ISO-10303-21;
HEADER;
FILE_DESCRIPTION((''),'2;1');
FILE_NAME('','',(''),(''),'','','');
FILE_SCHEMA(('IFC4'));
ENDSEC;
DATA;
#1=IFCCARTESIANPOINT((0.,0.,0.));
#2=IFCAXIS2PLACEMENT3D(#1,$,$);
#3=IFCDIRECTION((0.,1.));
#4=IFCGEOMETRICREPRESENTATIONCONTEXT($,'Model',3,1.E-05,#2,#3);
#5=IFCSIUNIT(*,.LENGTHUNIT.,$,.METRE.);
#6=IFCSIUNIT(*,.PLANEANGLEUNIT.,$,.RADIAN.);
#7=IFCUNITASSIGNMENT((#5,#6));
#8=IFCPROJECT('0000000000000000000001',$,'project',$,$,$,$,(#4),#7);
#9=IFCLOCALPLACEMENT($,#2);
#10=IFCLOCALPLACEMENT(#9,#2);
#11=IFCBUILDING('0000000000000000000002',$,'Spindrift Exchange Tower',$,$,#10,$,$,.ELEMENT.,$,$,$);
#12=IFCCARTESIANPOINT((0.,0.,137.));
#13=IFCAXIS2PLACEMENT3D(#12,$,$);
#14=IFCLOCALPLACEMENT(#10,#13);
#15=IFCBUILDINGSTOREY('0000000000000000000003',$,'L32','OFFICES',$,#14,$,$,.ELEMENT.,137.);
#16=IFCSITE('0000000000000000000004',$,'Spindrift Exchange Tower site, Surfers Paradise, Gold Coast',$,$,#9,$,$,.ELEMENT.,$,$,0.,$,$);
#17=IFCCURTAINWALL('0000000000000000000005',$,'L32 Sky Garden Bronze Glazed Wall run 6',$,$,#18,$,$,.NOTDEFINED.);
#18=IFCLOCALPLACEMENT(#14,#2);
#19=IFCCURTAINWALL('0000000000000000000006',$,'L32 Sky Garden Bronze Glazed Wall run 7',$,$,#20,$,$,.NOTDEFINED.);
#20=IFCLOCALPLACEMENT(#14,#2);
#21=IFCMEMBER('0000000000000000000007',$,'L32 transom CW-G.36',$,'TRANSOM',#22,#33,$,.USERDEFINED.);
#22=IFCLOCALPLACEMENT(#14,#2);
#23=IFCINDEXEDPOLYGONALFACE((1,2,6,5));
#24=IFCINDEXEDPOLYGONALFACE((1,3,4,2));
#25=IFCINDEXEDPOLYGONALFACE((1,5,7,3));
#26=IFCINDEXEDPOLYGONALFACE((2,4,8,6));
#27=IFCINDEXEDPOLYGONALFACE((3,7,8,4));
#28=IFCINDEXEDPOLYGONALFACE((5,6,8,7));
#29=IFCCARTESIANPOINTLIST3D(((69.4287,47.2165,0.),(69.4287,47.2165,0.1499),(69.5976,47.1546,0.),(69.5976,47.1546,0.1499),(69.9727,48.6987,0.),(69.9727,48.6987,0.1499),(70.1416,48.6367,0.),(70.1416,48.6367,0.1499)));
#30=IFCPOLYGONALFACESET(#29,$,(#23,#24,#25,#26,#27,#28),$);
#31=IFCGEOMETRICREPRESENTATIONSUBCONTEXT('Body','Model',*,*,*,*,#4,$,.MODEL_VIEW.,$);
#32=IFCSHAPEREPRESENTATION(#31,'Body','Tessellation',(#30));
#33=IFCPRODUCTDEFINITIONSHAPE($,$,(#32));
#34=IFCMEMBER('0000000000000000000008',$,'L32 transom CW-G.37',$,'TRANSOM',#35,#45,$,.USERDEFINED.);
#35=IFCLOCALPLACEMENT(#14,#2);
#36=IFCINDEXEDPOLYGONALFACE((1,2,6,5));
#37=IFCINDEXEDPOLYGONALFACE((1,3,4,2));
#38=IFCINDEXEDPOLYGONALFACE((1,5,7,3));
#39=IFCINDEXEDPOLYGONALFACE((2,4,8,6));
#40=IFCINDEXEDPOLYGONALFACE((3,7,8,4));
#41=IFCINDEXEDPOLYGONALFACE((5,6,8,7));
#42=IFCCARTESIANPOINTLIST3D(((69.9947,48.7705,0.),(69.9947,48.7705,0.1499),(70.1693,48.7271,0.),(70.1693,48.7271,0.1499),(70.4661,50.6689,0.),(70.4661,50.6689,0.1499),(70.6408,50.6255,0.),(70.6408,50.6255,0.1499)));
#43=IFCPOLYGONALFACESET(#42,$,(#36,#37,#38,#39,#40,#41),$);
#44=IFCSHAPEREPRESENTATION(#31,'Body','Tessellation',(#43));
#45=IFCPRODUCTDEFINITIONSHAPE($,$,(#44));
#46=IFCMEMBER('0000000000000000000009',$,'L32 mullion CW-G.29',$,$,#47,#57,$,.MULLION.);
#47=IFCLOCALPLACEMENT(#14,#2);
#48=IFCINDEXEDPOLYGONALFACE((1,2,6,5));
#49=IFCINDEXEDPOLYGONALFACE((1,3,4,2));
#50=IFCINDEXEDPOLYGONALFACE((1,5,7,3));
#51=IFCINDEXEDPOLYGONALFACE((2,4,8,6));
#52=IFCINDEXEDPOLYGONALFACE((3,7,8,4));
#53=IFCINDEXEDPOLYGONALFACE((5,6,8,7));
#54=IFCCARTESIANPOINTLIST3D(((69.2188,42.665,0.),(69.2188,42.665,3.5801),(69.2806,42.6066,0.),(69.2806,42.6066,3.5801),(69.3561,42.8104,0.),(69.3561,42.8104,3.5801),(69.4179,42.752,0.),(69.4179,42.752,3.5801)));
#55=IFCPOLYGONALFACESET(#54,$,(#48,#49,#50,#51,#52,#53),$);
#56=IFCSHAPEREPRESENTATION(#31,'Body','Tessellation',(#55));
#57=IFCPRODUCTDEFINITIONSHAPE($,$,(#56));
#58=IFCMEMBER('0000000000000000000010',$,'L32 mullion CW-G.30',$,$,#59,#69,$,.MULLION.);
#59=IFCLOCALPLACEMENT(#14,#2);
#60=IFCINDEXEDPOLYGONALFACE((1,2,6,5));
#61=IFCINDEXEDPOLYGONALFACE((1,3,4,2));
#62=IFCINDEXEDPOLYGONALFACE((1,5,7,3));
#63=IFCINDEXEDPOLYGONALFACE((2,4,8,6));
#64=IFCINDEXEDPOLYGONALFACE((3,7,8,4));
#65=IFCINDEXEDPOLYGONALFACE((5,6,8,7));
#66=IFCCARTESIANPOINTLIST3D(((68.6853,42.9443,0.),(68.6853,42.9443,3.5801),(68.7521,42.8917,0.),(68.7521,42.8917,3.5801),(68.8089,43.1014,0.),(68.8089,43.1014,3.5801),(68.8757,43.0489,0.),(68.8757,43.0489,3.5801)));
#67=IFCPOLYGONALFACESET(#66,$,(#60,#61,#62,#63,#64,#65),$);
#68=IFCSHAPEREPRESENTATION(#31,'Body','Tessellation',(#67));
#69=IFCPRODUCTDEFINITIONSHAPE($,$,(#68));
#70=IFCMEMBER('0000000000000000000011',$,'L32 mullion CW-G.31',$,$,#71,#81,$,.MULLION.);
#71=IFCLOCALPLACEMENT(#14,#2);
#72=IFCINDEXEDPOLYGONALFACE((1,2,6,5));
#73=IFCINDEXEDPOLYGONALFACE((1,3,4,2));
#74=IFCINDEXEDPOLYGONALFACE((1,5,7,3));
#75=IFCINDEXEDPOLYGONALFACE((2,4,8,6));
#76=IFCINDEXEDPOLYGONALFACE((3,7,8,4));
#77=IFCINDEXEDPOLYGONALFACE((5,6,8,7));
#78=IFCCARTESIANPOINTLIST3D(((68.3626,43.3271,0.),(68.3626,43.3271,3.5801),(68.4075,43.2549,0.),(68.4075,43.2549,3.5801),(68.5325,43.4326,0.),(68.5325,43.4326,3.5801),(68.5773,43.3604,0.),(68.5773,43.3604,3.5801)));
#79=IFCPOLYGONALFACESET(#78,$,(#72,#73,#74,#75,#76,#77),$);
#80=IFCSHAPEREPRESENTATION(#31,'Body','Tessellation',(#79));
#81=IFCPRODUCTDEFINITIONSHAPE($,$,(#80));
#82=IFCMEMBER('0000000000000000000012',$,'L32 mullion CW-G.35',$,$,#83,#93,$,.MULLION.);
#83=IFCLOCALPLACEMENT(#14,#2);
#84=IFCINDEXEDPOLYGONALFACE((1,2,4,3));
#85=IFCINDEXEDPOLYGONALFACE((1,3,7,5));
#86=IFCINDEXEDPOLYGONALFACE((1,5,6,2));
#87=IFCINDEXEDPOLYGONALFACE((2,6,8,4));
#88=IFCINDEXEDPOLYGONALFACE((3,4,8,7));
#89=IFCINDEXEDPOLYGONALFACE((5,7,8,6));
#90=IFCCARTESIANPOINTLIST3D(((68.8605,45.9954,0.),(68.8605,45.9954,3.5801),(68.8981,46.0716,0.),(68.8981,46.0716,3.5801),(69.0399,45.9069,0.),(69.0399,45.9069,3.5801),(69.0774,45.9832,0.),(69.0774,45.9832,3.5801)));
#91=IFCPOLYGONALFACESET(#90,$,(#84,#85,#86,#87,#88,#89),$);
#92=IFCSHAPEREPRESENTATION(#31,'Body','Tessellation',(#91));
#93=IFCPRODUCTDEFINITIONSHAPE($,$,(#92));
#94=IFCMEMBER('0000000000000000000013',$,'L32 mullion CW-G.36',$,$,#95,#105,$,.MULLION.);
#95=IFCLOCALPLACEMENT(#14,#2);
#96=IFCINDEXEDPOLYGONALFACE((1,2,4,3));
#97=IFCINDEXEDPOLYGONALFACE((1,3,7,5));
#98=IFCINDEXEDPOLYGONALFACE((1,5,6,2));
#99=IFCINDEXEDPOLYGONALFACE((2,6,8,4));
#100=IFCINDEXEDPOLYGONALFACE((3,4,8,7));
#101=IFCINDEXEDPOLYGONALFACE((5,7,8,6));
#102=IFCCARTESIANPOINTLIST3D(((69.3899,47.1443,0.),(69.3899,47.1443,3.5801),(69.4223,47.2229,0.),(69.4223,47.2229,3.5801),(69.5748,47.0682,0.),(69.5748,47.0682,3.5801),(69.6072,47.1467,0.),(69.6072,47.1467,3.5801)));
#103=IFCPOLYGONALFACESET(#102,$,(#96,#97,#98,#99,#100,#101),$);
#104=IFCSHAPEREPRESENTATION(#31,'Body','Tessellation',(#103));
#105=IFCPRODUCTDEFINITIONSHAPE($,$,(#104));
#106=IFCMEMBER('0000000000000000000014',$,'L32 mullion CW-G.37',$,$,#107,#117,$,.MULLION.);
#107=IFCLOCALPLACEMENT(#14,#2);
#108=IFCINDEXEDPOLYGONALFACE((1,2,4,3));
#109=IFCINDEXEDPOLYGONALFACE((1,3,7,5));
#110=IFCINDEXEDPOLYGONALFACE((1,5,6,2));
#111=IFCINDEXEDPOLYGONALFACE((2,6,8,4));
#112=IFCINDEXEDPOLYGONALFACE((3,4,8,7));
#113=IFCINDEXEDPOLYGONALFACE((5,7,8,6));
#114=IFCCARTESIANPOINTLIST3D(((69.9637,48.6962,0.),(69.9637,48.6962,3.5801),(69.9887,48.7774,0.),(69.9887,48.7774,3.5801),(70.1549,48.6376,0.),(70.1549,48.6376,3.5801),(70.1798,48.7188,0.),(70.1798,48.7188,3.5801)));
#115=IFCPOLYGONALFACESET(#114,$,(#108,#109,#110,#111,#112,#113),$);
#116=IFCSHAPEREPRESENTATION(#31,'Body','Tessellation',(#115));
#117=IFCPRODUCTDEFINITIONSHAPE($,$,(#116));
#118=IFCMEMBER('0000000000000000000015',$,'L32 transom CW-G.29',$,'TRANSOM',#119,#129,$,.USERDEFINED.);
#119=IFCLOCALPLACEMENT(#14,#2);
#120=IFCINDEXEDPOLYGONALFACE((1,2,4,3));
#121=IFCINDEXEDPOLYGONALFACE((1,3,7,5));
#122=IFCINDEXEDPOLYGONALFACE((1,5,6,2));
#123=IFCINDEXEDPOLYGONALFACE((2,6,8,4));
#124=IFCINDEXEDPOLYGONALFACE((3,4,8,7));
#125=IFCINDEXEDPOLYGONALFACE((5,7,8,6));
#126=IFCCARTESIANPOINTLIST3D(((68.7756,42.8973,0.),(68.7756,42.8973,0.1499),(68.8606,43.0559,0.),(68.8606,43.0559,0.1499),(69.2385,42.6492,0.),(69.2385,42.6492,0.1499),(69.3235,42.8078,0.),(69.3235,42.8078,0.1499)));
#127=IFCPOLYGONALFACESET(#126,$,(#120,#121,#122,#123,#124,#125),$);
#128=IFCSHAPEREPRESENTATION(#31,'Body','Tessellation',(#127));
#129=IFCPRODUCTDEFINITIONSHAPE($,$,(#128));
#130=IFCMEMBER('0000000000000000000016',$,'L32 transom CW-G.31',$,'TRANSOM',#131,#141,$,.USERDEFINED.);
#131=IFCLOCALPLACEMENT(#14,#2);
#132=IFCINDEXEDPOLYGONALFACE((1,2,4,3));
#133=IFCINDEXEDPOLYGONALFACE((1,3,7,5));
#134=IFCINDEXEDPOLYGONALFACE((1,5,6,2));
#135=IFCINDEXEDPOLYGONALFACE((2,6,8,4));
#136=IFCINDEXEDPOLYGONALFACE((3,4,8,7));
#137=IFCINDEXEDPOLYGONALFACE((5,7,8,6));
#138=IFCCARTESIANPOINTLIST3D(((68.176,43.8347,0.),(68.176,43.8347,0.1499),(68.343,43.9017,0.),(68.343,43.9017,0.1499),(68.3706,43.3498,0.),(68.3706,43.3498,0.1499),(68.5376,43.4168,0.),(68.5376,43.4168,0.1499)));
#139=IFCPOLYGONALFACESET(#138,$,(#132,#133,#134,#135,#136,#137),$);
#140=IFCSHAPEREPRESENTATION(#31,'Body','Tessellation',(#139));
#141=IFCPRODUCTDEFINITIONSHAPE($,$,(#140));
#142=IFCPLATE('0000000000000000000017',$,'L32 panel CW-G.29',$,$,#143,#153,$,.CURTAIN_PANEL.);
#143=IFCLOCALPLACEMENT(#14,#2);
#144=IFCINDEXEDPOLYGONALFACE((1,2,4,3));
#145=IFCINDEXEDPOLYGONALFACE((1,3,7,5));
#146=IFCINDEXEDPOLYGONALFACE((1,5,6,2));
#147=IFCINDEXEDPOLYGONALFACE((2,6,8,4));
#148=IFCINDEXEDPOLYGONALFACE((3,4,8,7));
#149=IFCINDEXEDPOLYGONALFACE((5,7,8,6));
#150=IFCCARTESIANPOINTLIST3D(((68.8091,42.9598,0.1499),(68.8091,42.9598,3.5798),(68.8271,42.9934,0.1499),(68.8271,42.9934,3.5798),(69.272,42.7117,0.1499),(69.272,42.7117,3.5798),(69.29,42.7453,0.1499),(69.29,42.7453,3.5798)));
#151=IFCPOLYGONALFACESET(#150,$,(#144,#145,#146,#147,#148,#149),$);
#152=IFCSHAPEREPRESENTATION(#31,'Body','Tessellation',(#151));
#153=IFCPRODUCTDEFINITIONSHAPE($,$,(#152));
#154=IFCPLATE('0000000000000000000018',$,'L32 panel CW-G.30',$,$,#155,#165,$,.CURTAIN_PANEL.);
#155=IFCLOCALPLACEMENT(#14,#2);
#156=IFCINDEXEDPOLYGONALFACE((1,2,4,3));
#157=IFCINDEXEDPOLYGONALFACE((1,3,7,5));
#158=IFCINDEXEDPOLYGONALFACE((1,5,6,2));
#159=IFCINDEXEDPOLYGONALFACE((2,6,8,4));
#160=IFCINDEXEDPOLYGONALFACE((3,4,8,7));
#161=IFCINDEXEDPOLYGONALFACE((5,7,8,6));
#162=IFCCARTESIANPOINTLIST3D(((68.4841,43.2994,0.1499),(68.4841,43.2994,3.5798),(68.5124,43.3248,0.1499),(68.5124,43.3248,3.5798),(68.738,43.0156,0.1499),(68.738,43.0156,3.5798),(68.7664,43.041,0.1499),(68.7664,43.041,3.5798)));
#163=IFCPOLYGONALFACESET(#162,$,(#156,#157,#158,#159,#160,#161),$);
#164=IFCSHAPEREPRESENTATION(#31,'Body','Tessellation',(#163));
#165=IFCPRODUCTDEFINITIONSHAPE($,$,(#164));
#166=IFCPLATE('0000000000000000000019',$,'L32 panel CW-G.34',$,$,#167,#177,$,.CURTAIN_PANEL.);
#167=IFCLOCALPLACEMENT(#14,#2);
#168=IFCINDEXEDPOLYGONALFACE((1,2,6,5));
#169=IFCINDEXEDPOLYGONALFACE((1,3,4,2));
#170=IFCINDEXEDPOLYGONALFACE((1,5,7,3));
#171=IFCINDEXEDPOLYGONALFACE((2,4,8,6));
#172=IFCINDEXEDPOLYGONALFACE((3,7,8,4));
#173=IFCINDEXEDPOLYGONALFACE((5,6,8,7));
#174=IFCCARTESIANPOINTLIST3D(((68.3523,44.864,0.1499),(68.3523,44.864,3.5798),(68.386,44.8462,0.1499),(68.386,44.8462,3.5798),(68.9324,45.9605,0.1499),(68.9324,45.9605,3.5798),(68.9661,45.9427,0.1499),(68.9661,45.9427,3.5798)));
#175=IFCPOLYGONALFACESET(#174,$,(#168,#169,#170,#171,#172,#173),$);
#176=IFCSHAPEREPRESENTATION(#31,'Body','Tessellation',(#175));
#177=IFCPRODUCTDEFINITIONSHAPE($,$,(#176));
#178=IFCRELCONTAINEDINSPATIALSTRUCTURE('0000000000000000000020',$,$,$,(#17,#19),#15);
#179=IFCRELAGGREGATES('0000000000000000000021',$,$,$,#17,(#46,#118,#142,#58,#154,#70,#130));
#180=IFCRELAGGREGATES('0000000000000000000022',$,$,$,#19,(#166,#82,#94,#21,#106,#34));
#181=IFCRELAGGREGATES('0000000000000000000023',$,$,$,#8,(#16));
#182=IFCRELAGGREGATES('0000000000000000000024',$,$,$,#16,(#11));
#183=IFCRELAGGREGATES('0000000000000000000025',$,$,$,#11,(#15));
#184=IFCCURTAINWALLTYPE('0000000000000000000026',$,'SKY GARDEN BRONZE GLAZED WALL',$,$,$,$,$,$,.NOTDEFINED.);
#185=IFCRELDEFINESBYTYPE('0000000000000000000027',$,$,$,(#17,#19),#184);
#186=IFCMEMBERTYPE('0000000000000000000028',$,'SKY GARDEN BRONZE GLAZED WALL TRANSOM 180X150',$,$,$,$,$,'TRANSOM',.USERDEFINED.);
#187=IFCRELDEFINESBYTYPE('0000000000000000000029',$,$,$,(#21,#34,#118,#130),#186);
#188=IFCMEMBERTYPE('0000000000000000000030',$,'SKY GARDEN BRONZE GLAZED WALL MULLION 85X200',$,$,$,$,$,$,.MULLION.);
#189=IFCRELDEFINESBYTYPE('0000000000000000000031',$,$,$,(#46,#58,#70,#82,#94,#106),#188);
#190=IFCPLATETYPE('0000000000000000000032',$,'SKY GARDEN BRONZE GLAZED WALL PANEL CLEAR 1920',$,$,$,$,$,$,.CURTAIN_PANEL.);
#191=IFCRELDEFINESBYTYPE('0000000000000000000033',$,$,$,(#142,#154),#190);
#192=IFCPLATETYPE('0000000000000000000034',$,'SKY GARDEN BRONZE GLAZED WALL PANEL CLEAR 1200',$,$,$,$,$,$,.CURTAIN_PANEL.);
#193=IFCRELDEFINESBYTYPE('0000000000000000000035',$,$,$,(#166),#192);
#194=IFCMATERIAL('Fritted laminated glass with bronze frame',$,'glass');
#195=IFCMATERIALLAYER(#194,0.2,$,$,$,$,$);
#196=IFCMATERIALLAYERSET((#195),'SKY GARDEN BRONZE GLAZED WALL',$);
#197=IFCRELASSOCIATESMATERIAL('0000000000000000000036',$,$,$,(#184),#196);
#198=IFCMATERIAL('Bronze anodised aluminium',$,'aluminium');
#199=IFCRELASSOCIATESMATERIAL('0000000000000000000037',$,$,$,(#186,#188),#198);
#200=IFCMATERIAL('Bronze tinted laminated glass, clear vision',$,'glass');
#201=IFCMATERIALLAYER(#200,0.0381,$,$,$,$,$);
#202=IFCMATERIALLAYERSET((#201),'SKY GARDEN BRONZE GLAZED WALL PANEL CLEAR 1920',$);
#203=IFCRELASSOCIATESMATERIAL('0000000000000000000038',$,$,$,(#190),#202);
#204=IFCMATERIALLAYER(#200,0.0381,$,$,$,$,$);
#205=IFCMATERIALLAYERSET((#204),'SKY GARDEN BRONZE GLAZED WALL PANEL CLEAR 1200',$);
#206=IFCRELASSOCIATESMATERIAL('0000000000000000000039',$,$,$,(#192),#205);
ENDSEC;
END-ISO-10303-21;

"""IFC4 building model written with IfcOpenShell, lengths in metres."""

from ifc_helpers import new_model, si_unit, direction, frame, origin, origin_2d, place, context, subcontext, project, spatial, rectangle, extrude, source, transform, mapped, material, layer, layer_set, material_profile, profile_set, type_object, element, aggregate, save


model = new_model("IFC4")

# Units and contexts
model_context = context("Model", 3, precision=1e-05, world=origin(), true_north=direction((0.0, 1.0)))
body_context = subcontext(model_context, "Body", "Model", "MODEL_VIEW")
ifc_project = project(units=[si_unit("LENGTHUNIT", "METRE"), si_unit("PLANEANGLEUNIT", "RADIAN")], contexts=[model_context])

# Site, building, storey
site_placement = place(None, origin())
site = spatial("IfcSite", under=ifc_project, at=site_placement, Name="Spindrift Exchange Tower site, Surfers Paradise, Gold Coast", CompositionType="ELEMENT", RefElevation=0.0)
building_placement = place(site_placement, origin())
building = spatial("IfcBuilding", under=site, at=building_placement, Name="Spindrift Exchange Tower", CompositionType="ELEMENT")
storey_placement = place(building_placement, frame((0.0, 0.0, 137.0)))
storey = spatial("IfcBuildingStorey", under=building, at=storey_placement, Name="L32", Description="OFFICES", CompositionType="ELEMENT", Elevation=137.0)

# Curtain wall
ifc_material_1 = material(Name="Fritted laminated glass with bronze frame", Category="glass")
ifc_layer_1 = layer(ifc_material_1, 0.2)
ifc_layer_set_1 = layer_set([ifc_layer_1], Name="SKY GARDEN BRONZE GLAZED WALL")
curtain_wall_type = type_object("IfcCurtainWallType", Name="SKY GARDEN BRONZE GLAZED WALL", PredefinedType="NOTDEFINED", material=ifc_layer_set_1)
curtain_wall_1_placement = place(storey_placement, origin())
curtain_wall_1 = element("IfcCurtainWall", 1, at=curtain_wall_1_placement, inside=storey, type_object=curtain_wall_type, Name="L32 Sky Garden Bronze Glazed Wall run 6", PredefinedType="NOTDEFINED")
ifc_material_2 = material(Name="Bronze anodised aluminium", Category="aluminium")
ifc_material_profile_1 = material_profile(ifc_material_2, rectangle(XDim=0.1799, YDim=0.1499, at=origin_2d()), Name="SKY GARDEN BRONZE GLAZED WALL TRANSOM 180X150")
ifc_profile_set_1 = profile_set([ifc_material_profile_1], Name="Bronze anodised aluminium")
member_type_1 = type_object("IfcMemberType", Name="SKY GARDEN BRONZE GLAZED WALL TRANSOM 180X150", ElementType="TRANSOM", PredefinedType="USERDEFINED", material=ifc_profile_set_1)

# Curtain wall, members
curtain_wall_2_placement = place(storey_placement, origin())
curtain_wall_2 = element("IfcCurtainWall", 2, at=curtain_wall_2_placement, inside=storey, type_object=curtain_wall_type, Name="L32 Sky Garden Bronze Glazed Wall run 7", PredefinedType="NOTDEFINED")
shared_shape_1 = source(origin(), body_context, "Body", "SweptSolid", [
    extrude(rectangle(XDim=0.1799, YDim=0.1499, at=origin_2d()), origin(), (0.0, 0.0, 1.0), 1.5789),
])
member_1_placement = place(storey_placement, frame((69.5132, 47.1855, 0.075), z_axis=(0.344523, 0.938778, 0.0), x_axis=(-0.938778, 0.344523, 0.0)))
member_1 = element("IfcMember", 3, at=member_1_placement, type_object=member_type_1, Name="L32 transom CW-G.36", ObjectType="TRANSOM", PredefinedType="USERDEFINED", context=body_context, shape_type="MappedRepresentation", body=[
    mapped(shared_shape_1, transform((0.0, 0.0, 0.0), scale=1.0)),
])
shared_shape_2 = source(origin(), body_context, "Body", "SweptSolid", [
    extrude(rectangle(XDim=0.1799, YDim=0.1499, at=origin_2d()), origin(), (0.0, 0.0, 1.0), 1.9561),
])
member_2_placement = place(storey_placement, frame((70.082, 48.7488, 0.075), z_axis=(0.241008, 0.970523, 0.0), x_axis=(-0.970523, 0.241008, 0.0)))
member_2 = element("IfcMember", 4, at=member_2_placement, type_object=member_type_1, Name="L32 transom CW-G.37", ObjectType="TRANSOM", PredefinedType="USERDEFINED", context=body_context, shape_type="MappedRepresentation", body=[
    mapped(shared_shape_2, transform((0.0, 0.0, 0.0), scale=1.0)),
])

# Members
ifc_material_profile_2 = material_profile(ifc_material_2, rectangle(XDim=0.085, YDim=0.2, at=origin_2d()), Name="SKY GARDEN BRONZE GLAZED WALL MULLION 85X200")
ifc_profile_set_2 = profile_set([ifc_material_profile_2], Name="Bronze anodised aluminium")
member_type_2 = type_object("IfcMemberType", Name="SKY GARDEN BRONZE GLAZED WALL MULLION 85X200", PredefinedType="MULLION", material=ifc_profile_set_2)
shared_shape_3 = source(origin(), body_context, "Body", "SweptSolid", [
    extrude(rectangle(XDim=0.085, YDim=0.2, at=origin_2d()), origin(), (0.0, 0.0, 1.0), 3.5801),
])
member_3_placement = place(storey_placement, frame((69.3184, 42.7085, 0.0), z_axis=(0.0, 0.0, 1.0), x_axis=(-0.7272, 0.686426, 0.0)))
member_3 = element("IfcMember", 5, at=member_3_placement, type_object=member_type_2, Name="L32 mullion CW-G.29", PredefinedType="MULLION", context=body_context, shape_type="MappedRepresentation", body=[
    mapped(shared_shape_3, transform((0.0, 0.0, 0.0), scale=1.0)),
])
member_4_placement = place(storey_placement, frame((68.7805, 42.9966, 0.0), z_axis=(0.0, 0.0, 1.0), x_axis=(-0.786013, 0.61821, 0.0)))
member_4 = element("IfcMember", 6, at=member_4_placement, type_object=member_type_2, Name="L32 mullion CW-G.30", PredefinedType="MULLION", context=body_context, shape_type="MappedRepresentation", body=[
    mapped(shared_shape_3, transform((0.0, 0.0, 0.0), scale=1.0)),
])
member_5_placement = place(storey_placement, frame((68.47, 43.3438, 0.0), z_axis=(0.0, 0.0, 1.0), x_axis=(-0.527686, 0.849439, 0.0)))
member_5 = element("IfcMember", 7, at=member_5_placement, type_object=member_type_2, Name="L32 mullion CW-G.31", PredefinedType="MULLION", context=body_context, shape_type="MappedRepresentation", body=[
    mapped(shared_shape_3, transform((0.0, 0.0, 0.0), scale=1.0)),
])
member_6_placement = place(storey_placement, frame((68.969, 45.9893, 0.0), z_axis=(0.0, 0.0, 1.0), x_axis=(0.442165, 0.896934, 0.0)))
member_6 = element("IfcMember", 8, at=member_6_placement, type_object=member_type_2, Name="L32 mullion CW-G.35", PredefinedType="MULLION", context=body_context, shape_type="MappedRepresentation", body=[
    mapped(shared_shape_3, transform((0.0, 0.0, 0.0), scale=1.0)),
])
member_7_placement = place(storey_placement, frame((69.4985, 47.1455, 0.0), z_axis=(0.0, 0.0, 1.0), x_axis=(0.380724, 0.924689, 0.0)))
member_7 = element("IfcMember", 9, at=member_7_placement, type_object=member_type_2, Name="L32 mullion CW-G.36", PredefinedType="MULLION", context=body_context, shape_type="MappedRepresentation", body=[
    mapped(shared_shape_3, transform((0.0, 0.0, 0.0), scale=1.0)),
])
member_8_placement = place(storey_placement, frame((70.0718, 48.7075, 0.0), z_axis=(0.0, 0.0, 1.0), x_axis=(0.293237, 0.95604, 0.0)))
member_8 = element("IfcMember", 10, at=member_8_placement, type_object=member_type_2, Name="L32 mullion CW-G.37", PredefinedType="MULLION", context=body_context, shape_type="MappedRepresentation", body=[
    mapped(shared_shape_3, transform((0.0, 0.0, 0.0), scale=1.0)),
])
shared_shape_4 = source(origin(), body_context, "Body", "SweptSolid", [
    extrude(rectangle(XDim=0.1799, YDim=0.1499, at=origin_2d()), origin(), (0.0, 0.0, 1.0), 0.5251),
])
member_9_placement = place(storey_placement, frame((69.281, 42.7285, 0.075), z_axis=(-0.881425, 0.472325, 0.0), x_axis=(-0.472325, -0.881425, 0.0)))
member_9 = element("IfcMember", 11, at=member_9_placement, type_object=member_type_1, Name="L32 transom CW-G.29", ObjectType="TRANSOM", PredefinedType="USERDEFINED", context=body_context, shape_type="MappedRepresentation", body=[
    mapped(shared_shape_4, transform((0.0, 0.0, 0.0), scale=1.0)),
])
shared_shape_5 = source(origin(), body_context, "Body", "SweptSolid", [
    extrude(rectangle(XDim=0.1799, YDim=0.1499, at=origin_2d()), origin(), (0.0, 0.0, 1.0), 0.5225),
])
member_10_placement = place(storey_placement, frame((68.4541, 43.3833, 0.075), z_axis=(-0.372438, 0.928057, 0.0), x_axis=(-0.928057, -0.372438, 0.0)))
member_10 = element("IfcMember", 12, at=member_10_placement, type_object=member_type_1, Name="L32 transom CW-G.31", ObjectType="TRANSOM", PredefinedType="USERDEFINED", context=body_context, shape_type="MappedRepresentation", body=[
    mapped(shared_shape_5, transform((0.0, 0.0, 0.0), scale=1.0)),
])

# Plates
ifc_material_3 = material(Name="Bronze tinted laminated glass, clear vision", Category="glass")
ifc_layer_2 = layer(ifc_material_3, 0.0381)
ifc_layer_set_2 = layer_set([ifc_layer_2], Name="SKY GARDEN BRONZE GLAZED WALL PANEL CLEAR 1920")
plate_type_1 = type_object("IfcPlateType", Name="SKY GARDEN BRONZE GLAZED WALL PANEL CLEAR 1920", PredefinedType="CURTAIN_PANEL", material=ifc_layer_set_2)
shared_shape_6 = source(origin(), body_context, "Body", "SweptSolid", [
    extrude(rectangle(XDim=0.5251, YDim=0.0381, at=origin_2d()), origin(), (0.0, 0.0, 1.0), 3.4299),
])
plate_1_placement = place(storey_placement, frame((69.0496, 42.8525, 0.1499), z_axis=(0.0, 0.0, 1.0), x_axis=(-0.881348, 0.472468, 0.0)))
plate_1 = element("IfcPlate", 13, at=plate_1_placement, type_object=plate_type_1, Name="L32 panel CW-G.29", PredefinedType="CURTAIN_PANEL", context=body_context, shape_type="MappedRepresentation", body=[
    mapped(shared_shape_6, transform((0.0, 0.0, 0.0), scale=1.0)),
])
shared_shape_7 = source(origin(), body_context, "Body", "SweptSolid", [
    extrude(rectangle(XDim=0.3809, YDim=0.0381, at=origin_2d()), origin(), (0.0, 0.0, 1.0), 3.4299),
])
plate_2_placement = place(storey_placement, frame((68.6252, 43.1702, 0.1499), z_axis=(0.0, 0.0, 1.0), x_axis=(-0.666838, 0.745203, 0.0)))
plate_2 = element("IfcPlate", 14, at=plate_2_placement, type_object=plate_type_1, Name="L32 panel CW-G.30", PredefinedType="CURTAIN_PANEL", context=body_context, shape_type="MappedRepresentation", body=[
    mapped(shared_shape_7, transform((0.0, 0.0, 0.0), scale=1.0)),
])
aggregate(curtain_wall_1, [member_3, member_9, plate_1, member_4, plate_2, member_5, member_10])
ifc_layer_3 = layer(ifc_material_3, 0.0381)
ifc_layer_set_3 = layer_set([ifc_layer_3], Name="SKY GARDEN BRONZE GLAZED WALL PANEL CLEAR 1200")
plate_type_2 = type_object("IfcPlateType", Name="SKY GARDEN BRONZE GLAZED WALL PANEL CLEAR 1200", PredefinedType="CURTAIN_PANEL", material=ifc_layer_set_3)
shared_shape_8 = source(origin(), body_context, "Body", "SweptSolid", [
    extrude(rectangle(XDim=1.2405, YDim=0.0381, at=origin_2d()), origin(), (0.0, 0.0, 1.0), 3.4299),
])
plate_3_placement = place(storey_placement, frame((68.6592, 45.4033, 0.1499), z_axis=(0.0, 0.0, 1.0), x_axis=(0.467649, 0.883914, 0.0)))
plate_3 = element("IfcPlate", 15, at=plate_3_placement, type_object=plate_type_2, Name="L32 panel CW-G.34", PredefinedType="CURTAIN_PANEL", context=body_context, shape_type="MappedRepresentation", body=[
    mapped(shared_shape_8, transform((0.0, 0.0, 0.0), scale=1.0)),
])
aggregate(curtain_wall_2, [plate_3, member_6, member_7, member_1, member_8, member_2])

save(model, "model.ifc")
